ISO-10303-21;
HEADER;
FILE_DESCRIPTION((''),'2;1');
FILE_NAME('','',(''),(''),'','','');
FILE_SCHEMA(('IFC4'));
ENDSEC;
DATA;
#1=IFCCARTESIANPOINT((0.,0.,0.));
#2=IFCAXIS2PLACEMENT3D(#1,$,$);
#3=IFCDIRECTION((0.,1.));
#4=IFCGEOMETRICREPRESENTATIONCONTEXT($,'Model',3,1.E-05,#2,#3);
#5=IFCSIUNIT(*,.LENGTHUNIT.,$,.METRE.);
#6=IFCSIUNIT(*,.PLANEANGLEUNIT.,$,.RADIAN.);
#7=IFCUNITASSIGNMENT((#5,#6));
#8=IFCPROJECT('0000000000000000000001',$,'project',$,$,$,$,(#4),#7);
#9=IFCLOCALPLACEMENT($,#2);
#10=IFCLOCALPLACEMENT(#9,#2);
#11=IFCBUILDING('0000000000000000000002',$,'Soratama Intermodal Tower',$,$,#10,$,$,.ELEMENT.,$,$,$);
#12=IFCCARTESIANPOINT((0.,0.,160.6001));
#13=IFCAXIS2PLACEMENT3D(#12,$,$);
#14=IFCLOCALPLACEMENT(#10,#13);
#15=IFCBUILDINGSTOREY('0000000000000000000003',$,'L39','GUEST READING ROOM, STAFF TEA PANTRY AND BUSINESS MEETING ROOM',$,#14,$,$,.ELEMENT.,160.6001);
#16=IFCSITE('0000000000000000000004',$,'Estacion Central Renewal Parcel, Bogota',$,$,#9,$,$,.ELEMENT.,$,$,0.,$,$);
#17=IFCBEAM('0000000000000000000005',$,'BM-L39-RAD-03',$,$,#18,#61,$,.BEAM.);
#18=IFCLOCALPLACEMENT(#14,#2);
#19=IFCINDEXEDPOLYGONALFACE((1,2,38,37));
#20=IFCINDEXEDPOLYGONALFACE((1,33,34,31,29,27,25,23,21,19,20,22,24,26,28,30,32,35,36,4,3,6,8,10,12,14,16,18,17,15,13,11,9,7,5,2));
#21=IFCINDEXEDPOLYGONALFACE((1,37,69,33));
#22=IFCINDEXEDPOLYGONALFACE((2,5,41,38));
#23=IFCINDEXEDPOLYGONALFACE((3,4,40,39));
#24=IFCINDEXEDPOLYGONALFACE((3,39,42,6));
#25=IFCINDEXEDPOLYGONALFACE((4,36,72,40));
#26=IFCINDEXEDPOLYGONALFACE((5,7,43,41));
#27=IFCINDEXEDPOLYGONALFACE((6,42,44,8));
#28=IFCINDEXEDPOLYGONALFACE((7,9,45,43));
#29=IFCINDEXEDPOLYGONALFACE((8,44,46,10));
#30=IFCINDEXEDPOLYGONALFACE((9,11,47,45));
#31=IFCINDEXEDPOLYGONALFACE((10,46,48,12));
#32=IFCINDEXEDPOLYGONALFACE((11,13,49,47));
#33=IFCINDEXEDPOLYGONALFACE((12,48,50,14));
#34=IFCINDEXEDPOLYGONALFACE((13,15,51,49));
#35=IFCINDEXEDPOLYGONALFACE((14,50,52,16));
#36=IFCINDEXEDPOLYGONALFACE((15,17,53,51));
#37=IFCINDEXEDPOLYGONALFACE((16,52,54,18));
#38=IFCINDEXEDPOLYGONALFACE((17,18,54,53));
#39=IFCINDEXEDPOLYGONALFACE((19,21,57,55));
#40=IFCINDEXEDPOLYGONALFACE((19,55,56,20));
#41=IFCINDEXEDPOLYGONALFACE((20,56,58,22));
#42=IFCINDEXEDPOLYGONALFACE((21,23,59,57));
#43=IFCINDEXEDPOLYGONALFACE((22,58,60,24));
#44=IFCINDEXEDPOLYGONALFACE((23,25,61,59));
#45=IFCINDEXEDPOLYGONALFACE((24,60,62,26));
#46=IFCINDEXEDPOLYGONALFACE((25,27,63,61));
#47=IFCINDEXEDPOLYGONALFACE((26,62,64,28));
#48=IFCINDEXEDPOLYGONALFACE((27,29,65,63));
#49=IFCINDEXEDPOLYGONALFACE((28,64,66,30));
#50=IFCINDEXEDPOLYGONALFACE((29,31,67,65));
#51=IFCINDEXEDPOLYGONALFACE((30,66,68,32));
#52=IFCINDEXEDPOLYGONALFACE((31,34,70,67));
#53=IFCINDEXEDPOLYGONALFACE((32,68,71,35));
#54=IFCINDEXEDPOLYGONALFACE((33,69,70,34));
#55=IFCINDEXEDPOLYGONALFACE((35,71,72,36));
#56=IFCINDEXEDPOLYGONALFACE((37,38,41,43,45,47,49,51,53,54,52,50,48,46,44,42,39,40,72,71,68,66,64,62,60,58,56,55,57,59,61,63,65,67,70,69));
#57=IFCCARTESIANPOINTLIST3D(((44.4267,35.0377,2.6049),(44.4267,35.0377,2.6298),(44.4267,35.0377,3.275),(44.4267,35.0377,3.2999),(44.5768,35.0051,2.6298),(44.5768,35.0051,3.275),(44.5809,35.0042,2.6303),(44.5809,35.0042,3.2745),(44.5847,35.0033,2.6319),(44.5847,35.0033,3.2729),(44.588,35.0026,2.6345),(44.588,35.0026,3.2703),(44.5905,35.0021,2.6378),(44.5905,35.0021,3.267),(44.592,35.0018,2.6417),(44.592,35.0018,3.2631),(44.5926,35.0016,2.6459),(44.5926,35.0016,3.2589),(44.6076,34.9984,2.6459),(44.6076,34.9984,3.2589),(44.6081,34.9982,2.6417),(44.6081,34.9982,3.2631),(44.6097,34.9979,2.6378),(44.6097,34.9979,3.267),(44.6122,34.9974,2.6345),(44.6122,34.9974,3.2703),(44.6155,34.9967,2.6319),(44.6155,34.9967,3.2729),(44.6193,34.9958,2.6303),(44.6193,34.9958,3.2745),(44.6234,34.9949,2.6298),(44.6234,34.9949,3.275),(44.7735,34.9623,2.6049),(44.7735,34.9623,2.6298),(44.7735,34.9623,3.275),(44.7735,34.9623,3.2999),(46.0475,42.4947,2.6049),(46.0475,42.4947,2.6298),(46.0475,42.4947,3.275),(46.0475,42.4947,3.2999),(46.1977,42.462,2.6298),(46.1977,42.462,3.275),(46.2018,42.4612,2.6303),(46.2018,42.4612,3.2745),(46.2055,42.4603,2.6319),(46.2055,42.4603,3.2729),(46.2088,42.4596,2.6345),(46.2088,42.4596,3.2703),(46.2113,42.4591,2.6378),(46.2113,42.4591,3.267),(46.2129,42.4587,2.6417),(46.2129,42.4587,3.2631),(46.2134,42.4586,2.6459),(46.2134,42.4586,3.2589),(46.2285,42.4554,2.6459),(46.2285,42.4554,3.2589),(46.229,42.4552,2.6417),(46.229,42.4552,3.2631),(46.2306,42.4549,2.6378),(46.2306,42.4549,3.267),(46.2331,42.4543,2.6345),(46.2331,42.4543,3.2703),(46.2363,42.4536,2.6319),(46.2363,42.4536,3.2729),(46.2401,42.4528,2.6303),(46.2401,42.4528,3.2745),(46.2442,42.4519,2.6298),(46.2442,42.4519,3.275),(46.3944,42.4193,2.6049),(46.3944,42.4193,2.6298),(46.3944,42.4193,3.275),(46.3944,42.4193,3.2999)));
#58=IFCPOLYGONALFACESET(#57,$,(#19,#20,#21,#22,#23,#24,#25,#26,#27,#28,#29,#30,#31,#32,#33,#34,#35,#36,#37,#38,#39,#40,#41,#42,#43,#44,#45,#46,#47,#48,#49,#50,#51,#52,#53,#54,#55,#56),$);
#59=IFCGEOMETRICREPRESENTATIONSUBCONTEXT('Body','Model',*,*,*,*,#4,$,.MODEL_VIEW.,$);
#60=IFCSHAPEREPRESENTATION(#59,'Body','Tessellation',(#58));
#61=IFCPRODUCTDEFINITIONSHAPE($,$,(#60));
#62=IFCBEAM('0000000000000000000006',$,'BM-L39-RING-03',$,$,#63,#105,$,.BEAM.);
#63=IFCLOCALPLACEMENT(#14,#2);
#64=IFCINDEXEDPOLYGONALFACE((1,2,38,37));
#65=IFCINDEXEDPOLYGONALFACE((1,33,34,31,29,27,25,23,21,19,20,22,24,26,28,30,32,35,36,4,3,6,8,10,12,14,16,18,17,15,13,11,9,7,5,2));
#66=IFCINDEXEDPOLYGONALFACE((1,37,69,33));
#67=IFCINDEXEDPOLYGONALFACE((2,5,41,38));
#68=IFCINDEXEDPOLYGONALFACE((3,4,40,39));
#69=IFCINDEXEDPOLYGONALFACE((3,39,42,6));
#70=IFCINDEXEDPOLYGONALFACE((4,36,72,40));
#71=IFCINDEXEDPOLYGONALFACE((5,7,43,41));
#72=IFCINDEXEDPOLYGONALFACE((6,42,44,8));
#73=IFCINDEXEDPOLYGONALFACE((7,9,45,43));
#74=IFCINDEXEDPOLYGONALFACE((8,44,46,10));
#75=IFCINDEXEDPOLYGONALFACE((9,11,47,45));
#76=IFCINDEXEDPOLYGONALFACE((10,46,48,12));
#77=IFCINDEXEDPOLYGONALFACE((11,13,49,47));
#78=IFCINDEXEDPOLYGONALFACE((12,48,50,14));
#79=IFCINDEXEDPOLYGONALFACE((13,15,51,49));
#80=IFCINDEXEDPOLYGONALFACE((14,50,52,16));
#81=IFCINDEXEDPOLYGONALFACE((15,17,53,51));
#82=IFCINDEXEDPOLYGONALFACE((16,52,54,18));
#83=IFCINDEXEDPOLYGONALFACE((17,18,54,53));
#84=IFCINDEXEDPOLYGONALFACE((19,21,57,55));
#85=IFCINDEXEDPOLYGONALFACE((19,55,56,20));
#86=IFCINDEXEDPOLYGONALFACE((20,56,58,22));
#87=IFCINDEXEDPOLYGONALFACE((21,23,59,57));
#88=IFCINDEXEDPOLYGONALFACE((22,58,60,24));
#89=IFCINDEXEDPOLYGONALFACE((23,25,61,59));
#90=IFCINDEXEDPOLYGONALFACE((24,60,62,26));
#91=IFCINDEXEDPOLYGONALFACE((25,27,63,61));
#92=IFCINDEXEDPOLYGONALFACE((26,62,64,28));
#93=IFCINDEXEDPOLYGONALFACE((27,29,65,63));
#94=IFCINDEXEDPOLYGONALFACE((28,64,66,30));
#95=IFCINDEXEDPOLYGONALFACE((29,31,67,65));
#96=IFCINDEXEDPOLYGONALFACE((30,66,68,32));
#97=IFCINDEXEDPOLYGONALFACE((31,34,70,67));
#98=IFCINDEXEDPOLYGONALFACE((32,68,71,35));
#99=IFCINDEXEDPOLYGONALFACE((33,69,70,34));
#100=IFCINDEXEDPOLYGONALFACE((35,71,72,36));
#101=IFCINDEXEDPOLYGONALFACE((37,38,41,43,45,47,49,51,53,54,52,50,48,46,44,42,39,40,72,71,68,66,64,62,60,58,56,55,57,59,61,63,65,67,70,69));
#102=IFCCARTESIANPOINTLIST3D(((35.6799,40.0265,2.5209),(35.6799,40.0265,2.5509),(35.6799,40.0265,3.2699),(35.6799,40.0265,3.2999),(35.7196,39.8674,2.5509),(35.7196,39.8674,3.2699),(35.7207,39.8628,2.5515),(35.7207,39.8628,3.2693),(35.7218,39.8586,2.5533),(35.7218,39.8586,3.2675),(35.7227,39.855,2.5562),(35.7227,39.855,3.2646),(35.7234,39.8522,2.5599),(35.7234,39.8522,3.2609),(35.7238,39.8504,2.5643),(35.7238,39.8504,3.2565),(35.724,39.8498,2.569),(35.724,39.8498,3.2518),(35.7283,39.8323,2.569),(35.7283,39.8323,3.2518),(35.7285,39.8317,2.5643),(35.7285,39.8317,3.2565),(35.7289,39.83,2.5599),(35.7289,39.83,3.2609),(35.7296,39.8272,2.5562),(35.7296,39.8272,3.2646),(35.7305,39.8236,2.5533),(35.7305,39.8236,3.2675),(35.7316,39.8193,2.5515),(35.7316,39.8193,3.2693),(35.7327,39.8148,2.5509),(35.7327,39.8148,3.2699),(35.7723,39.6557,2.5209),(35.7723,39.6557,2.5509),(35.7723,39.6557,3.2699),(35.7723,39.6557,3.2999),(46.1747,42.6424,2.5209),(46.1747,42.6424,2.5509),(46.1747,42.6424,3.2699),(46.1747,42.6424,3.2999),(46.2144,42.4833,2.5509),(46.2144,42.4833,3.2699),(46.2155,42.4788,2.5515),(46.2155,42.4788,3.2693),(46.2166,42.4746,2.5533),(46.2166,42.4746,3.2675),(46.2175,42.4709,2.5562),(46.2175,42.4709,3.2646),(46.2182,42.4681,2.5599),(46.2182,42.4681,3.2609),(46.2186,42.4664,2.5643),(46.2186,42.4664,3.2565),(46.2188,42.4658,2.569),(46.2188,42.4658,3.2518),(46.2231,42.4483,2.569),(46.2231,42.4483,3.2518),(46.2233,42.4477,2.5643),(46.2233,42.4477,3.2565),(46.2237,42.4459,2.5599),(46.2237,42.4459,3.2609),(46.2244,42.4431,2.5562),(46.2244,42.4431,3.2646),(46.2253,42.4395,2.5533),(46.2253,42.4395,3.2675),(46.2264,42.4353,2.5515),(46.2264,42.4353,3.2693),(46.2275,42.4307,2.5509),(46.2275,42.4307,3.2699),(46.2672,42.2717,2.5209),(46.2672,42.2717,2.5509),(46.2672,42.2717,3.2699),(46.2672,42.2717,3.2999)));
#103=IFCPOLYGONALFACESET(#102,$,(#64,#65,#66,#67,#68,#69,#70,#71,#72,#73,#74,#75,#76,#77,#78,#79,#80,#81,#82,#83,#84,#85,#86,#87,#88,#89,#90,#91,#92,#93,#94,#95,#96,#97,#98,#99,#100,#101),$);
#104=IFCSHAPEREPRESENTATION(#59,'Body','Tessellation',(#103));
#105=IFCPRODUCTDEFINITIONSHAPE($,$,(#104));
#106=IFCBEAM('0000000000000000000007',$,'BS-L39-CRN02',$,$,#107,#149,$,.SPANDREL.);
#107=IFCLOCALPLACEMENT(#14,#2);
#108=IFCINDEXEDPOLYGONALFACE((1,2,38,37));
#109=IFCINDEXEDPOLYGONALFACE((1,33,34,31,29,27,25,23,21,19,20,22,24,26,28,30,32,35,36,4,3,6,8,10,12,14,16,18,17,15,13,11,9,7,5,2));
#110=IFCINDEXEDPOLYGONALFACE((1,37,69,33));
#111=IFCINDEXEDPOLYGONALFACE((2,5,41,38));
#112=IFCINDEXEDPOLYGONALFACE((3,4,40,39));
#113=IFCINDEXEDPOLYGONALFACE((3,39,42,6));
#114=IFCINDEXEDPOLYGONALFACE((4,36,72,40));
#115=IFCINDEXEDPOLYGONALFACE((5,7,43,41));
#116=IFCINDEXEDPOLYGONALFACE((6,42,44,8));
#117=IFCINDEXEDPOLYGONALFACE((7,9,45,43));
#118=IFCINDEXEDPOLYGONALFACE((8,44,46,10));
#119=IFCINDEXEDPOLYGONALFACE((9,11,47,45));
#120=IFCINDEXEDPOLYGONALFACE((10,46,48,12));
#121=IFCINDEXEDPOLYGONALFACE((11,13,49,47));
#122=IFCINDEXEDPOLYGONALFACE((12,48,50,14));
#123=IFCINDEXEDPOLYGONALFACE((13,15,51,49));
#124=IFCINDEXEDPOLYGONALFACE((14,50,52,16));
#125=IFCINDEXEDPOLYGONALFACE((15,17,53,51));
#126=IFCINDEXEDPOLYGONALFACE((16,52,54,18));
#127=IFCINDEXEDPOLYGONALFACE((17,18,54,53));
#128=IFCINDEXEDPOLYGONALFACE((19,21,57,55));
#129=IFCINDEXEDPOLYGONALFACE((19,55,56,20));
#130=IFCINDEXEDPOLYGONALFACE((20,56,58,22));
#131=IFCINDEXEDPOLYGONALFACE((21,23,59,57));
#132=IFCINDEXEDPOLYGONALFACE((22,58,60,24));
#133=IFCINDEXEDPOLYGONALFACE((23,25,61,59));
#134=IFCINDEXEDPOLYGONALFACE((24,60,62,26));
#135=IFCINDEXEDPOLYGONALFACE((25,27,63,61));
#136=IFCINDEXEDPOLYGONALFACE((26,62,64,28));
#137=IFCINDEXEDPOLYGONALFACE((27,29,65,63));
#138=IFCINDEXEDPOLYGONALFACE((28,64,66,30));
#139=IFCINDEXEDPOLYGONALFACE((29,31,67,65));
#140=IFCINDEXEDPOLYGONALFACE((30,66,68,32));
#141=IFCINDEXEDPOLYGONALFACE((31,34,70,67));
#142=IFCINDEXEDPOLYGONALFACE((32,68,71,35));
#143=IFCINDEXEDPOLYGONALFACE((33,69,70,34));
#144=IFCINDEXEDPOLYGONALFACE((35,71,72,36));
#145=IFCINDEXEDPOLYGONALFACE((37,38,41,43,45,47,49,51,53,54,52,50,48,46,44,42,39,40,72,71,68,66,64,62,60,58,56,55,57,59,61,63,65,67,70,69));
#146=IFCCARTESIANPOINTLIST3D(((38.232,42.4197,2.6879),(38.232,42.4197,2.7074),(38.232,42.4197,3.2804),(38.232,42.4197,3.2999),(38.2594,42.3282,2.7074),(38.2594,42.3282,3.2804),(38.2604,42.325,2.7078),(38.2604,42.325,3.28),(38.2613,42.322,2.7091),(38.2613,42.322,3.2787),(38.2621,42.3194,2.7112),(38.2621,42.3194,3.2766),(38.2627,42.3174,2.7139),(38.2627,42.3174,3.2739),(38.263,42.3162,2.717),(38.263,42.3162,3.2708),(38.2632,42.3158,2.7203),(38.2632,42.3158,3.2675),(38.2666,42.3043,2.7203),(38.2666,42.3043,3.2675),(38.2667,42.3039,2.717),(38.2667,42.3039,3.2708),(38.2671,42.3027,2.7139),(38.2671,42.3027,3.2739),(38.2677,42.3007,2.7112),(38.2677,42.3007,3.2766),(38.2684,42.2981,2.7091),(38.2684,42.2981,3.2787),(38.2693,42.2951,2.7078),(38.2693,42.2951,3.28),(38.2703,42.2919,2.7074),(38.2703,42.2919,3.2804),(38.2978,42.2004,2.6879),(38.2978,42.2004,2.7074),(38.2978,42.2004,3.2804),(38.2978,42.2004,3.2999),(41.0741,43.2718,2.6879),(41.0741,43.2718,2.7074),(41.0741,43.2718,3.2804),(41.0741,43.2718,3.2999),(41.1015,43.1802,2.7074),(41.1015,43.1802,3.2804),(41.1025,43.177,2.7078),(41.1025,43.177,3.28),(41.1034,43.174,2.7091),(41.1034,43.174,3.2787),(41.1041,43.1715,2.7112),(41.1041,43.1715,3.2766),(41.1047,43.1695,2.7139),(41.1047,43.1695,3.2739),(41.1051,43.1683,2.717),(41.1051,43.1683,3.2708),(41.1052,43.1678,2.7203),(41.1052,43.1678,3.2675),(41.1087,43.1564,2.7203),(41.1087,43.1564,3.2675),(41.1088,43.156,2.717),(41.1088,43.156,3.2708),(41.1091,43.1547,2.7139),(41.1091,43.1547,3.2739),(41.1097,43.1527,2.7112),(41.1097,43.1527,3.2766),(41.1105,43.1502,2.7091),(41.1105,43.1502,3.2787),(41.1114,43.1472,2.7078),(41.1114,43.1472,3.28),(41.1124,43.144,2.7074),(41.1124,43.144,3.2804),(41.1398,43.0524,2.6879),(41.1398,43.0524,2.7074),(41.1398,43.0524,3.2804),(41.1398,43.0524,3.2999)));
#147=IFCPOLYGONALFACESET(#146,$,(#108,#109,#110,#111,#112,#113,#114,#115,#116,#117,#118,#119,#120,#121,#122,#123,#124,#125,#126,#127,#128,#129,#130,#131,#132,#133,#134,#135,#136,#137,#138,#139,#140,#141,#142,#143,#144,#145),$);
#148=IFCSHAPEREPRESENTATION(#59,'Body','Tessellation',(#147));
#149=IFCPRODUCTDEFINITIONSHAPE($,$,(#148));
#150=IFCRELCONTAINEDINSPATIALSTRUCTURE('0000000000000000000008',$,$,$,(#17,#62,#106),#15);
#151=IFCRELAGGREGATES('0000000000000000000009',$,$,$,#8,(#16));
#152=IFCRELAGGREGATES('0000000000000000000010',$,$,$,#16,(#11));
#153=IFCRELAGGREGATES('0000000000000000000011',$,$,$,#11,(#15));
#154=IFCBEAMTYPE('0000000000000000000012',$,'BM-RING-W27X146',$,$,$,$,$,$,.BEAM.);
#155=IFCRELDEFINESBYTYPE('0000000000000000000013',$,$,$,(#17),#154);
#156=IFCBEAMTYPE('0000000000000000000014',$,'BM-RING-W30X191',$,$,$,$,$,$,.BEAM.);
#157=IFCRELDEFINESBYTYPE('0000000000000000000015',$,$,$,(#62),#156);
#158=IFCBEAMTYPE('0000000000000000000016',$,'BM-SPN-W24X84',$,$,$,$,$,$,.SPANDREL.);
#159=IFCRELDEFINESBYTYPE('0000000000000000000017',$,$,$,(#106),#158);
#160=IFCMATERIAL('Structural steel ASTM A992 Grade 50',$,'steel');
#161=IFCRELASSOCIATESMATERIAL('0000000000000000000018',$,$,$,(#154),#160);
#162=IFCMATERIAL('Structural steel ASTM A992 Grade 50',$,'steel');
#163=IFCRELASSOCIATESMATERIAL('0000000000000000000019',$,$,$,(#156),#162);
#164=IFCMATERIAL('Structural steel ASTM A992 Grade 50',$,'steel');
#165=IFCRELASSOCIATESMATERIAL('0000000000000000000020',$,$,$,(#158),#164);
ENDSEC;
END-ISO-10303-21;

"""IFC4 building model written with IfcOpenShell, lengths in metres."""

from ifc_helpers import new_model, si_unit, direction, frame, origin, origin_2d, place, context, subcontext, project, spatial, i_section, extrude, material, material_profile, profile_set, type_object, element, save


model = new_model("IFC4")

# Units and contexts
model_context = context("Model", 3, precision=1e-05, world=origin(), true_north=direction((0.0, 1.0)))
body_context = subcontext(model_context, "Body", "Model", "MODEL_VIEW")
ifc_project = project(units=[si_unit("LENGTHUNIT", "METRE"), si_unit("PLANEANGLEUNIT", "RADIAN")], contexts=[model_context])

# Site, building, storey
site_placement = place(None, origin())
site = spatial("IfcSite", under=ifc_project, at=site_placement, Name="Estacion Central Renewal Parcel, Bogota", CompositionType="ELEMENT", RefElevation=0.0)
building_placement = place(site_placement, origin())
building = spatial("IfcBuilding", under=site, at=building_placement, Name="Soratama Intermodal Tower", CompositionType="ELEMENT")
storey_placement = place(building_placement, frame((0.0, 0.0, 160.6001)))
storey = spatial("IfcBuildingStorey", under=building, at=storey_placement, Name="L39", Description="GUEST READING ROOM, STAFF TEA PANTRY AND BUSINESS MEETING ROOM", CompositionType="ELEMENT", Elevation=160.6001)

# Beams
ifc_material_1 = material(Name="Structural steel ASTM A992 Grade 50", Category="steel")
ifc_material_profile_1 = material_profile(ifc_material_1, i_section(OverallWidth=0.355, OverallDepth=0.6951, WebThickness=0.0154, FlangeThickness=0.0249, FilletRadius=0.0161, at=origin_2d()), Name="W27X146")
ifc_profile_set_1 = profile_set([ifc_material_profile_1], Name="Structural steel ASTM A992 Grade 50")
beam_type_1 = type_object("IfcBeamType", Name="BM-RING-W27X146", PredefinedType="BEAM", material=ifc_profile_set_1)
beam_1_placement = place(storey_placement, frame((44.6001, 35.0, 2.9524), z_axis=(0.212399, 0.977183, 0.0), x_axis=(-0.977183, 0.212399, 0.0)))
element("IfcBeam", 1, at=beam_1_placement, inside=storey, type_object=beam_type_1, Name="BM-L39-RAD-03", PredefinedType="BEAM", context=body_context, shape_type="SweptSolid", body=[
    extrude(i_section(OverallWidth=0.355, OverallDepth=0.6951, WebThickness=0.0154, FlangeThickness=0.0249, FilletRadius=0.0161, at=origin_2d()), origin(), (0.0, 0.0, 1.0), 7.6311),
])
ifc_material_2 = material(Name="Structural steel ASTM A992 Grade 50", Category="steel")
ifc_material_profile_2 = material_profile(ifc_material_2, i_section(OverallWidth=0.3821, OverallDepth=0.7791, WebThickness=0.0181, FlangeThickness=0.03, FilletRadius=0.0181, at=origin_2d()), Name="W30X191")
ifc_profile_set_2 = profile_set([ifc_material_profile_2], Name="Structural steel ASTM A992 Grade 50")
beam_type_2 = type_object("IfcBeamType", Name="BM-RING-W30X191", PredefinedType="BEAM", material=ifc_profile_set_2)
beam_2_placement = place(storey_placement, frame((46.2209, 42.457, 2.9104), z_axis=(-0.970311, -0.241861, 0.0), x_axis=(0.241861, -0.970311, 0.0)))
element("IfcBeam", 2, at=beam_2_placement, inside=storey, type_object=beam_type_2, Name="BM-L39-RING-03", PredefinedType="BEAM", context=body_context, shape_type="SweptSolid", body=[
    extrude(i_section(OverallWidth=0.3821, OverallDepth=0.7791, WebThickness=0.0181, FlangeThickness=0.03, FilletRadius=0.0181, at=origin_2d()), origin(), (0.0, 0.0, 1.0), 10.8159),
])
ifc_material_3 = material(Name="Structural steel ASTM A992 Grade 50", Category="steel")
ifc_material_profile_3 = material_profile(ifc_material_3, i_section(OverallWidth=0.229, OverallDepth=0.6121, WebThickness=0.012, FlangeThickness=0.0195, FilletRadius=0.0129, at=origin_2d()), Name="W24X84")
ifc_profile_set_3 = profile_set([ifc_material_profile_3], Name="Structural steel ASTM A992 Grade 50")
beam_type_3 = type_object("IfcBeamType", Name="BM-SPN-W24X84", PredefinedType="SPANDREL", material=ifc_profile_set_3)
beam_3_placement = place(storey_placement, frame((41.1069, 43.1621, 2.9939), z_axis=(-0.957878, -0.287174, 0.0), x_axis=(0.287174, -0.957878, 0.0)))
element("IfcBeam", 3, at=beam_3_placement, inside=storey, type_object=beam_type_3, Name="BS-L39-CRN02", PredefinedType="SPANDREL", context=body_context, shape_type="SweptSolid", body=[
    extrude(i_section(OverallWidth=0.229, OverallDepth=0.6121, WebThickness=0.012, FlangeThickness=0.0195, FilletRadius=0.0129, at=origin_2d()), origin(), (0.0, 0.0, 1.0), 2.967),
])

save(model, "model.ifc")
